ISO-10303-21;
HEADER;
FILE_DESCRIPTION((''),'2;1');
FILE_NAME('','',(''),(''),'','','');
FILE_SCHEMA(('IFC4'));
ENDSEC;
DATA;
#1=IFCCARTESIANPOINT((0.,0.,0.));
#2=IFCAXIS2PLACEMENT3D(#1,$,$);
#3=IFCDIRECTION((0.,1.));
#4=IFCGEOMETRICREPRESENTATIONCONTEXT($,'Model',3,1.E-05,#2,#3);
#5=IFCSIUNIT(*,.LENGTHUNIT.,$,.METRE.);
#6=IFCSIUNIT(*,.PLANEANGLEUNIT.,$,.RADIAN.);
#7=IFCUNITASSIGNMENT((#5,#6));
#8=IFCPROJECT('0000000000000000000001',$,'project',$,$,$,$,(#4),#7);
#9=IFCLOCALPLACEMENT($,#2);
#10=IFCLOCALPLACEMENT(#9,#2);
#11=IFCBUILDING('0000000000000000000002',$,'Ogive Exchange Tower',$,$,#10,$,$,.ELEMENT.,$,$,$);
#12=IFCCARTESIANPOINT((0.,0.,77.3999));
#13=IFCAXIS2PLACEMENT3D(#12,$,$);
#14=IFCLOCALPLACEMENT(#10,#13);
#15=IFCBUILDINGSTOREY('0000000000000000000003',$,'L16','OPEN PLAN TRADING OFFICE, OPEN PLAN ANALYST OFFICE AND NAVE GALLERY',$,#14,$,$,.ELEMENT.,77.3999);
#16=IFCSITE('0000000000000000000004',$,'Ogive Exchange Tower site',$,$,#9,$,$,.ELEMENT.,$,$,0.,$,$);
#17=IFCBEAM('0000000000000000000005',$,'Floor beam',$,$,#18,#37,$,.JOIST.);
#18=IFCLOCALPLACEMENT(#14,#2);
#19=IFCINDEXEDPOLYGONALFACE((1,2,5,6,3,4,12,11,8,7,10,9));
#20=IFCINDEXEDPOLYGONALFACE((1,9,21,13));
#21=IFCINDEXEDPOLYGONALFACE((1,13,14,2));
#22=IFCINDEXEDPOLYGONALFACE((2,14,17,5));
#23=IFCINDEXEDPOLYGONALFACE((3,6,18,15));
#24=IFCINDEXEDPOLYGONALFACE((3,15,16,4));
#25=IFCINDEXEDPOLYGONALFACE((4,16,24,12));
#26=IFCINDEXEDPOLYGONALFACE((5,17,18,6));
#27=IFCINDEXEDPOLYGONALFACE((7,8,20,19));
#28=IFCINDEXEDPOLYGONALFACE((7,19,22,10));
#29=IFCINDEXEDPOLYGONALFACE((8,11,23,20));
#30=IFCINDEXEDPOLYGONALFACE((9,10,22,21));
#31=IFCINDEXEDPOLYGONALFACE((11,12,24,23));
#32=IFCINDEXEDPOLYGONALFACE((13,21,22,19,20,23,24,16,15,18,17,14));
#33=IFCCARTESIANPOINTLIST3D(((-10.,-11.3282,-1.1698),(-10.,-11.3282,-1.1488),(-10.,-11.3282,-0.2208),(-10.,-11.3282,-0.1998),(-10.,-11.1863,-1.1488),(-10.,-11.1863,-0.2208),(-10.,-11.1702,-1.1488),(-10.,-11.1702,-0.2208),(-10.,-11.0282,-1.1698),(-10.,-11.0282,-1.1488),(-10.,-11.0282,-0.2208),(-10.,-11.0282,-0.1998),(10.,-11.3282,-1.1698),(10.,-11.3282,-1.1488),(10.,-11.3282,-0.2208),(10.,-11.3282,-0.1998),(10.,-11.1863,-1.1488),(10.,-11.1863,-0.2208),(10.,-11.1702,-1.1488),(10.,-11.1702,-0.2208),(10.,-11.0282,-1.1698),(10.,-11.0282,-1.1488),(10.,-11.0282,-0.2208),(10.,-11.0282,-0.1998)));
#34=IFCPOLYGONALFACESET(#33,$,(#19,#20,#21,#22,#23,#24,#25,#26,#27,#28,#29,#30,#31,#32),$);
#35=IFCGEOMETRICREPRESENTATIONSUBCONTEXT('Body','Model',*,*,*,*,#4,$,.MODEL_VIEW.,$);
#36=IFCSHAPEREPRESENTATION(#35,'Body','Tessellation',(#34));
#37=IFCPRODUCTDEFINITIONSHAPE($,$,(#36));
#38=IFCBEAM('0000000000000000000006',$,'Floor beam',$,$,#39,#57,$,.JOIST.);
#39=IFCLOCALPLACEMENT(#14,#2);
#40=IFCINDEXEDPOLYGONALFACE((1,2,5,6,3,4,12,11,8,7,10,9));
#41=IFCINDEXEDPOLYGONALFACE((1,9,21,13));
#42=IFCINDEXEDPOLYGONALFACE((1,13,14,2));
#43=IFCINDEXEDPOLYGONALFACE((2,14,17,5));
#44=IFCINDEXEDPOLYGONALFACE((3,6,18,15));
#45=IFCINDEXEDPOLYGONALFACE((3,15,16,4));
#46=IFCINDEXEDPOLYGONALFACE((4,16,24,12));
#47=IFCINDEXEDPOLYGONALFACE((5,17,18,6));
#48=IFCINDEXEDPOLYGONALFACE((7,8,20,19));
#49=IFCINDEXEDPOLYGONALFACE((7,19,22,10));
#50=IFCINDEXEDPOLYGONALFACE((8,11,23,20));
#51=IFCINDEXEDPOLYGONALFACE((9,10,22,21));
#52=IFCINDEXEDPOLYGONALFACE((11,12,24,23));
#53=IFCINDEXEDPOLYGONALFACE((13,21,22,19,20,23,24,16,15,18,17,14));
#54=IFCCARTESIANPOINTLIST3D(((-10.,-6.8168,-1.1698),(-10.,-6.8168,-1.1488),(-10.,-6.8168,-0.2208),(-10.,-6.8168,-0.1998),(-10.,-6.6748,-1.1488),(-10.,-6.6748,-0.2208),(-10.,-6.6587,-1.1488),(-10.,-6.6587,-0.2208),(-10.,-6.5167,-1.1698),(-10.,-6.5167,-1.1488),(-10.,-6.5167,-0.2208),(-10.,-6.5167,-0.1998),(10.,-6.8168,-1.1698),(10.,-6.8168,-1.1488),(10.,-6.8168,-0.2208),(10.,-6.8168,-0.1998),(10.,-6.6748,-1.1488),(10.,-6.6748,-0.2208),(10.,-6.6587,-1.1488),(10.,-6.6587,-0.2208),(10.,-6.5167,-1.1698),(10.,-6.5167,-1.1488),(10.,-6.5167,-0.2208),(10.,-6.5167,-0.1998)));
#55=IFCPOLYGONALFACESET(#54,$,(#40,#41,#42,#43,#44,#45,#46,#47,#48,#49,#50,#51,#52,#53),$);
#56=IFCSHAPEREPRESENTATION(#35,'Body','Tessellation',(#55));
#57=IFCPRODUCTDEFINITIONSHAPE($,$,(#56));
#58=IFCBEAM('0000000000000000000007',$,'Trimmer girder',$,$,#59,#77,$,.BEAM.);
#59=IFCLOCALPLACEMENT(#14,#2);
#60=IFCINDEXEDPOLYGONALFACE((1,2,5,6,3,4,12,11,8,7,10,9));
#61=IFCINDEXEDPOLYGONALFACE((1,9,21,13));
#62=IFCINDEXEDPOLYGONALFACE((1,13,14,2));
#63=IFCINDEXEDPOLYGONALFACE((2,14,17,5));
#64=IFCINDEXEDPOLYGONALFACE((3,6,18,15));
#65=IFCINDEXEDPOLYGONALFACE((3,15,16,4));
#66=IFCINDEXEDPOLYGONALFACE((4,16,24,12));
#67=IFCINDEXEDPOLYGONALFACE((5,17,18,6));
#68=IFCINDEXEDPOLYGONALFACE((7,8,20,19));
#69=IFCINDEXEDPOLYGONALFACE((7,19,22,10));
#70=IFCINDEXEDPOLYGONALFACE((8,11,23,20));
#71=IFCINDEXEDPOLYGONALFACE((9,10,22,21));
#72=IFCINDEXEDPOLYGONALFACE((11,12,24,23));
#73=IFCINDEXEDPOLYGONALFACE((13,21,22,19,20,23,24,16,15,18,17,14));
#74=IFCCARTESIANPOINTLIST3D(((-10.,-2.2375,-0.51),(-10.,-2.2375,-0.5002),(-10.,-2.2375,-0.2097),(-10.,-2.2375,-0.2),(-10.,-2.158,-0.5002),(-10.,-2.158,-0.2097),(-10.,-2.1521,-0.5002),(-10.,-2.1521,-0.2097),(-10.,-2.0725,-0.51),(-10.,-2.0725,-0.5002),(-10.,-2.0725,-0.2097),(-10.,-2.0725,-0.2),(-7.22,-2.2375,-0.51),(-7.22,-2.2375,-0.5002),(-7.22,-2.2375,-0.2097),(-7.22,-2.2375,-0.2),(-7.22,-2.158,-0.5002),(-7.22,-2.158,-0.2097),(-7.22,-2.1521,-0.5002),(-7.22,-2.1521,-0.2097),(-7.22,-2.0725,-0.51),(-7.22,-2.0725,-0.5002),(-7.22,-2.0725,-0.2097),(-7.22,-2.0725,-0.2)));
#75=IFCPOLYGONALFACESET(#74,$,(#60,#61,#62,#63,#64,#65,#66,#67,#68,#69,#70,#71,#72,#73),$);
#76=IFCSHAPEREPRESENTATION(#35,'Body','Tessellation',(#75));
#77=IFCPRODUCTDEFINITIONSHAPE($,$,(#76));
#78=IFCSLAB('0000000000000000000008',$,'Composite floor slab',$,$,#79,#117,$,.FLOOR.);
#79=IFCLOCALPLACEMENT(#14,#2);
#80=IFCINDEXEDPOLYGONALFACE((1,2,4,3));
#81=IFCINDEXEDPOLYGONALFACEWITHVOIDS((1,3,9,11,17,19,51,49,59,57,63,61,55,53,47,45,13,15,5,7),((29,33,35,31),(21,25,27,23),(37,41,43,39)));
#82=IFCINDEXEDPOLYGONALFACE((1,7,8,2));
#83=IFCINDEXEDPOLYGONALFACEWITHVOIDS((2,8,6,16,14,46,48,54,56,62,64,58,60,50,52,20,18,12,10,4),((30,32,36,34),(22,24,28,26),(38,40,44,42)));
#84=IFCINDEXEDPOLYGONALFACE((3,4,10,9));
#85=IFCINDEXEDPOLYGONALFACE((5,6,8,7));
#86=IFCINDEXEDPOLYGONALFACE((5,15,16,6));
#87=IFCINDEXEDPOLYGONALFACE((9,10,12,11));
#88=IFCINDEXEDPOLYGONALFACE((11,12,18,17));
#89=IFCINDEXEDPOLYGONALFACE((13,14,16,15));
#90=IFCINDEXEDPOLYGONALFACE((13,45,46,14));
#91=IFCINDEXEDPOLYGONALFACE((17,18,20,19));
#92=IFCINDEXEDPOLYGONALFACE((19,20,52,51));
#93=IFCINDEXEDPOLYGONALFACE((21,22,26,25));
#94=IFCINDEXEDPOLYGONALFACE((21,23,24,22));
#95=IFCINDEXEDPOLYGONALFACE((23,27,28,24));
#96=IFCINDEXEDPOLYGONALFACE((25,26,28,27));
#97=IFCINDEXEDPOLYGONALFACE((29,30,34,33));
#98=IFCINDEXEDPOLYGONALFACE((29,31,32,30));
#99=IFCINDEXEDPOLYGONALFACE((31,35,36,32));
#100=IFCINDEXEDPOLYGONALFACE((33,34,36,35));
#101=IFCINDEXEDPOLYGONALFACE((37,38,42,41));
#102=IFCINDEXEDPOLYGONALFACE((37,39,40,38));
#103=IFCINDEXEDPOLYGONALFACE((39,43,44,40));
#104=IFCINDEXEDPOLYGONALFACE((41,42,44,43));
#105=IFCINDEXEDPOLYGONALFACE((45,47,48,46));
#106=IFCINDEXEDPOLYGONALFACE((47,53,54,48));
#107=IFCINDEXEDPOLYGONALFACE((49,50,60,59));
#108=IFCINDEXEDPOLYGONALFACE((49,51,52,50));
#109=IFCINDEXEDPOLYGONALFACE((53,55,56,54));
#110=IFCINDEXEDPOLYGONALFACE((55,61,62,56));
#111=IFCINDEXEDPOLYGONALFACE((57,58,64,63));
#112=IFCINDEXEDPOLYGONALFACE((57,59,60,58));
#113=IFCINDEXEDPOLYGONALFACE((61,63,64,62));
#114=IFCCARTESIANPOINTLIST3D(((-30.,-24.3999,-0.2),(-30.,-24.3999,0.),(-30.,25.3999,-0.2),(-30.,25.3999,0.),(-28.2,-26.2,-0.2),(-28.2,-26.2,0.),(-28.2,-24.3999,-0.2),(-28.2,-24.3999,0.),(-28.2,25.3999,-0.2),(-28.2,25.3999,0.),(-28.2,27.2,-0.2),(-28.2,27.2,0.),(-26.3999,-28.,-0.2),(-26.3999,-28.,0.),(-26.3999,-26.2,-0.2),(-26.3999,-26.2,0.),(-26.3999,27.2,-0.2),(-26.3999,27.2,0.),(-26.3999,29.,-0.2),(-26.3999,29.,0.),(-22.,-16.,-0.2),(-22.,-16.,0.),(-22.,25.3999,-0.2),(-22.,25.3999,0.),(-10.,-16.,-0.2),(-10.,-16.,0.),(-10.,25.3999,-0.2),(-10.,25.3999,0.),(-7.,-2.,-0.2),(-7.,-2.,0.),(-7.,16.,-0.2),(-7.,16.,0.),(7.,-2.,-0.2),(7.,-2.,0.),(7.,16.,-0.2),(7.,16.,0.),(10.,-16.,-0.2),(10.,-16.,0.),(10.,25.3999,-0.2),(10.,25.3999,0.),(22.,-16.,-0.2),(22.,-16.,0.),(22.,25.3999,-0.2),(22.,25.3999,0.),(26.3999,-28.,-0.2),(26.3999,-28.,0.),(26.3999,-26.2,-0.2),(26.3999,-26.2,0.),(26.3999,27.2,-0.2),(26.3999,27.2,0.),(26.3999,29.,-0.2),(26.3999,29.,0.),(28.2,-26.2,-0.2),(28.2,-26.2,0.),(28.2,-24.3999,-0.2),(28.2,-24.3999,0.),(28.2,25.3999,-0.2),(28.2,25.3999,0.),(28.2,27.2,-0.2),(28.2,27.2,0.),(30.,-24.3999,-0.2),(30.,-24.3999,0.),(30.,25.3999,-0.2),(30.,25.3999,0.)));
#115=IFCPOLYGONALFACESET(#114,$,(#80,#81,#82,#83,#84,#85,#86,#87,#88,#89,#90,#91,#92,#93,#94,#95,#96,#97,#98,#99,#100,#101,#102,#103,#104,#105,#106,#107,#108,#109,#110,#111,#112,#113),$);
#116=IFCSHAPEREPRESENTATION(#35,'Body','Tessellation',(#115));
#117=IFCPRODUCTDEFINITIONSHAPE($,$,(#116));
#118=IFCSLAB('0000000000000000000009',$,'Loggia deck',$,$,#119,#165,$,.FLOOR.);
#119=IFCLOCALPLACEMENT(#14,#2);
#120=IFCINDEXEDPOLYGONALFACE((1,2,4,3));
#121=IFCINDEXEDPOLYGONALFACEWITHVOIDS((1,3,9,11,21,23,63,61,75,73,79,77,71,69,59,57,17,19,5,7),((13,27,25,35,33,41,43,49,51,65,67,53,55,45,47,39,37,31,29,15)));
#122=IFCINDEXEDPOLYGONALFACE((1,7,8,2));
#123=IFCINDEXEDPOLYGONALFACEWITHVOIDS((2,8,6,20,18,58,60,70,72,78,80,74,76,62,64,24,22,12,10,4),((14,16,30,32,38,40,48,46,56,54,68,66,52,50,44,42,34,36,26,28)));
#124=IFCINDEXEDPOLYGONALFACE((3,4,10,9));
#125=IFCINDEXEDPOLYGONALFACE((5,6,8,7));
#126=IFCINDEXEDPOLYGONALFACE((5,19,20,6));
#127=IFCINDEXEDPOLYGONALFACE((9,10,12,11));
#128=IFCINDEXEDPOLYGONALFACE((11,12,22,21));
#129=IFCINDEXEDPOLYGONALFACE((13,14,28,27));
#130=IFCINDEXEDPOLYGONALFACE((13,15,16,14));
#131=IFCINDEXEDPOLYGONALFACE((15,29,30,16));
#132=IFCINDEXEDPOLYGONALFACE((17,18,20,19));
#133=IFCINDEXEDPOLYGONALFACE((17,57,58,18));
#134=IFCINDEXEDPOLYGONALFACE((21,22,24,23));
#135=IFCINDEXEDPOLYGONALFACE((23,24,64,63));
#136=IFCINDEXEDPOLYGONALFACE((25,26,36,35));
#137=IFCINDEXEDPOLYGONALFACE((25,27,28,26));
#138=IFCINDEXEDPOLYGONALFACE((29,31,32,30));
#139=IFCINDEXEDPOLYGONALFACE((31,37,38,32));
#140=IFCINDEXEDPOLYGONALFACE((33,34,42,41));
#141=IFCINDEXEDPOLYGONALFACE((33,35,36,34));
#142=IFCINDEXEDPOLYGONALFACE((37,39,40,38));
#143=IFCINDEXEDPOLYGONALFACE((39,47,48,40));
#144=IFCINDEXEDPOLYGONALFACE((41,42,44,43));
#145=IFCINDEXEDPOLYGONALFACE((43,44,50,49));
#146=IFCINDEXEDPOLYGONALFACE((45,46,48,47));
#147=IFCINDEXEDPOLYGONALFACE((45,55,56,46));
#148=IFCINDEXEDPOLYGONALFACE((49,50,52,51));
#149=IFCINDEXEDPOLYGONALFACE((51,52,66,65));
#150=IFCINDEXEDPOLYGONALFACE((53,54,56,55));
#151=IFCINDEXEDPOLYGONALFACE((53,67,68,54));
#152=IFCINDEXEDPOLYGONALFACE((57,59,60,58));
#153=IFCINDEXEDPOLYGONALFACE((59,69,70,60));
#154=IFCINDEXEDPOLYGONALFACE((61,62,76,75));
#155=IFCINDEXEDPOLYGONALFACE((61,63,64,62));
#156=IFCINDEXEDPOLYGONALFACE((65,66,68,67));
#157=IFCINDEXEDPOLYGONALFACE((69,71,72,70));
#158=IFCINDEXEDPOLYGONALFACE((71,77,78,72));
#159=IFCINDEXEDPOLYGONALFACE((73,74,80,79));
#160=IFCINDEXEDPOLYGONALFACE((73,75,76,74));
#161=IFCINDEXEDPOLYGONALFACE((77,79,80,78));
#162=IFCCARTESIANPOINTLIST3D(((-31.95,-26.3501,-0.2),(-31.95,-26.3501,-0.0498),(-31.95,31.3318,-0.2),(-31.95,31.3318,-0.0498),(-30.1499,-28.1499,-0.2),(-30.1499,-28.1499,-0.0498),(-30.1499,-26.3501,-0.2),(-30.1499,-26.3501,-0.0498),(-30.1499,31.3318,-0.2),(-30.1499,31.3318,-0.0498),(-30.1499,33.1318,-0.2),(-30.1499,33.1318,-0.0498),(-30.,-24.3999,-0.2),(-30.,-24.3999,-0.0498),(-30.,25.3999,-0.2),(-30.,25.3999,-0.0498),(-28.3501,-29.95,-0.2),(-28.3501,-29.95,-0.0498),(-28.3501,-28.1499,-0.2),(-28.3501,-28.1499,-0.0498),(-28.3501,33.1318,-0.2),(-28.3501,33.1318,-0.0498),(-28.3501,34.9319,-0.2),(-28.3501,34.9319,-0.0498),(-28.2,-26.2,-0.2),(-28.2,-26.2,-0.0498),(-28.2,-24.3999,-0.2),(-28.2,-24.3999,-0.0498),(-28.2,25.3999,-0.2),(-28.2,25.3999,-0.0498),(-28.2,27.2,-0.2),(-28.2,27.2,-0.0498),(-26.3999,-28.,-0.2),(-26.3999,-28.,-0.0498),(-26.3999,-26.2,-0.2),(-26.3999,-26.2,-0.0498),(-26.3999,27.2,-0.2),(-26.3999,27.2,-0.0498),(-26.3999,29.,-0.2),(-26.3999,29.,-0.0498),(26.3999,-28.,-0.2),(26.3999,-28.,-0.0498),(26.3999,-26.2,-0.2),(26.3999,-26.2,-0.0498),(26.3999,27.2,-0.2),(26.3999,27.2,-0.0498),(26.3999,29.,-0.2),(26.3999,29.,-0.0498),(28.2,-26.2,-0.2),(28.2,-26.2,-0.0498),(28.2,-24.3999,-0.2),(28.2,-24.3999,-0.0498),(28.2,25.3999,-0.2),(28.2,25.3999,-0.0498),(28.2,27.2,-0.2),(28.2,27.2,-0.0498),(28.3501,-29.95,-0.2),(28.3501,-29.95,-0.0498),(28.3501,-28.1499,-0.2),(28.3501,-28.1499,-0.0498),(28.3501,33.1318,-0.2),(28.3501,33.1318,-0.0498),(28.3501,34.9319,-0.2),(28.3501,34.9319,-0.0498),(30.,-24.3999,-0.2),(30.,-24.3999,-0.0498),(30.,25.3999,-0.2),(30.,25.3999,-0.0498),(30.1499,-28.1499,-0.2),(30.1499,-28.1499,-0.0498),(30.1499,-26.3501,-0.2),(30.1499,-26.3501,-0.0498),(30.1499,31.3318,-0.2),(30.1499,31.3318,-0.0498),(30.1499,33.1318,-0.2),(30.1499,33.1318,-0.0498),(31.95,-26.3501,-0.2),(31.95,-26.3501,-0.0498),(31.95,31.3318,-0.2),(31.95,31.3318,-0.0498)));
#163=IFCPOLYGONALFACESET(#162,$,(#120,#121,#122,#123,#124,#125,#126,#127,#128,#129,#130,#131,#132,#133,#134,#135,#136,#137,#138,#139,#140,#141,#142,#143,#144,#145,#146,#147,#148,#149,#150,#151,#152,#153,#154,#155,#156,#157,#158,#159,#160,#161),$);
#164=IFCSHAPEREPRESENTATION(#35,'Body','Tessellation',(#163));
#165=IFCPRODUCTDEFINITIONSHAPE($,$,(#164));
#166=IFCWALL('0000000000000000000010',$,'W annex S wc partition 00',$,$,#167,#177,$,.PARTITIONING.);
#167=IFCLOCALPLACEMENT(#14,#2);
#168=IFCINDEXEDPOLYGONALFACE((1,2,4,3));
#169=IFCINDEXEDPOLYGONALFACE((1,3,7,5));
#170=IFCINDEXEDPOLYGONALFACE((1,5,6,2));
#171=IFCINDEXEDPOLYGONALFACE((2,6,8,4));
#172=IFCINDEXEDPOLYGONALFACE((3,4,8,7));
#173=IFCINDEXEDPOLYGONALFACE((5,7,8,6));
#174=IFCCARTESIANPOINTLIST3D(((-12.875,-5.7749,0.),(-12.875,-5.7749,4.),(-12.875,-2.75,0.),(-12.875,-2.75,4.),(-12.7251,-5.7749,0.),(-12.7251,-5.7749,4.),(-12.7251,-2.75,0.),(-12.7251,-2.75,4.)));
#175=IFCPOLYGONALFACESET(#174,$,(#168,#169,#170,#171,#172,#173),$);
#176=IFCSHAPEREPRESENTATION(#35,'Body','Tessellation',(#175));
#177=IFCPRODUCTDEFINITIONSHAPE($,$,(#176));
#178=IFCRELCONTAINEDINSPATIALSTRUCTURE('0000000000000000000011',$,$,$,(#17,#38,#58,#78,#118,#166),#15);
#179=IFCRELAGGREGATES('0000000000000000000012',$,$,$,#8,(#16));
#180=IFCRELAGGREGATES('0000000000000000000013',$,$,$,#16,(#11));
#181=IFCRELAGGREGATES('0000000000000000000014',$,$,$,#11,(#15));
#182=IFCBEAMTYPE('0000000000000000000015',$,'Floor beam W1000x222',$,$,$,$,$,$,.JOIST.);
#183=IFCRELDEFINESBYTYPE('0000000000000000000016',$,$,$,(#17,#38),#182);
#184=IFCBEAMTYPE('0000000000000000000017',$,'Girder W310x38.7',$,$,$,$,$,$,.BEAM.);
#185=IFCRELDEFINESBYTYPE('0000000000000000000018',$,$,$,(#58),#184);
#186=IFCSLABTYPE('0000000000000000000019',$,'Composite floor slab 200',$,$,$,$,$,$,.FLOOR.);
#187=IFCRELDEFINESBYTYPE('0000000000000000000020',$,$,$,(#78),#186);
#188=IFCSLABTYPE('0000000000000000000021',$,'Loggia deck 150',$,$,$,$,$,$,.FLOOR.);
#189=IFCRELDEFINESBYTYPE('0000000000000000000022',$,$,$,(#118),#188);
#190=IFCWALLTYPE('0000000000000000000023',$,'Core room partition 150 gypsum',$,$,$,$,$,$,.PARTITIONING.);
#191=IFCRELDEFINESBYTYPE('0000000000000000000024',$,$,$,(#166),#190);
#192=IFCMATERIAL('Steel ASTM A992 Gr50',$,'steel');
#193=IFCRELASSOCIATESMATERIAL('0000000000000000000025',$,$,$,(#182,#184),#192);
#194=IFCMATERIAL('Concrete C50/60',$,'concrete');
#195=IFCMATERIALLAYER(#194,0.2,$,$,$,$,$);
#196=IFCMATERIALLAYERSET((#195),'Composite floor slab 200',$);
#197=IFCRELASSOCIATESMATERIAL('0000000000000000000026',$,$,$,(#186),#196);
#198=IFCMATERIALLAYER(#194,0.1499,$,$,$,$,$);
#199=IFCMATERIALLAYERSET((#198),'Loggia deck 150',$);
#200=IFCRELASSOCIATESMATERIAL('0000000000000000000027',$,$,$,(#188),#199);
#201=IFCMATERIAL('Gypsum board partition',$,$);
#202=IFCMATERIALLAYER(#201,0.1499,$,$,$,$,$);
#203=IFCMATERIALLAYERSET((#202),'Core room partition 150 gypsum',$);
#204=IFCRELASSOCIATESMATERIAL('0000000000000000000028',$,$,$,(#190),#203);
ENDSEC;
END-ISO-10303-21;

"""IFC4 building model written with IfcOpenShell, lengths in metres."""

from ifc_helpers import new_model, si_unit, direction, frame, frame_2d, origin, origin_2d, place, context, subcontext, project, spatial, polyline, rectangle, i_section, outline, extrude, material, layer, layer_set, material_profile, profile_set, type_object, element, save


model = new_model("IFC4")

# Units and contexts
model_context = context("Model", 3, precision=1e-05, world=origin(), true_north=direction((0.0, 1.0)))
body_context = subcontext(model_context, "Body", "Model", "MODEL_VIEW")
ifc_project = project(units=[si_unit("LENGTHUNIT", "METRE"), si_unit("PLANEANGLEUNIT", "RADIAN")], contexts=[model_context])

# Site, building, storey
site_placement = place(None, origin())
site = spatial("IfcSite", under=ifc_project, at=site_placement, Name="Ogive Exchange Tower site", CompositionType="ELEMENT", RefElevation=0.0)
building_placement = place(site_placement, origin())
building = spatial("IfcBuilding", under=site, at=building_placement, Name="Ogive Exchange Tower", CompositionType="ELEMENT")
storey_placement = place(building_placement, frame((0.0, 0.0, 77.3999)))
storey = spatial("IfcBuildingStorey", under=building, at=storey_placement, Name="L16", Description="OPEN PLAN TRADING OFFICE, OPEN PLAN ANALYST OFFICE AND NAVE GALLERY", CompositionType="ELEMENT", Elevation=77.3999)

# Beams
ifc_material_1 = material(Name="Steel ASTM A992 Gr50", Category="steel")
ifc_material_profile_1 = material_profile(ifc_material_1, i_section(OverallWidth=0.3, OverallDepth=0.97, WebThickness=0.0161, FlangeThickness=0.021, at=origin_2d()), Name="W1000x222")
ifc_profile_set_1 = profile_set([ifc_material_profile_1], Name="Steel ASTM A992 Gr50")
beam_type_1 = type_object("IfcBeamType", Name="Floor beam W1000x222", PredefinedType="JOIST", material=ifc_profile_set_1)
for number, where, z_axis, x_axis, name in (
    (1, (-10.0, -11.1782, -0.6848), (1.0, 0.0, 0.0), (0.0, 1.0, 0.0), "Floor beam"),
    (2, (-10.0, -6.6667, -0.6848), (1.0, 0.0, 0.0), (0.0, 1.0, 0.0), "Floor beam"),
):
    element("IfcBeam", number, at=place(storey_placement, frame(where, z_axis=z_axis, x_axis=x_axis)), inside=storey, type_object=beam_type_1, Name=name, PredefinedType="JOIST", context=body_context, shape_type="SweptSolid", body=[
        extrude(i_section(OverallWidth=0.3, OverallDepth=0.97, WebThickness=0.0161, FlangeThickness=0.021, at=origin_2d()), origin(), (0.0, 0.0, 1.0), 20.0),
    ])
ifc_material_profile_2 = material_profile(ifc_material_1, i_section(OverallWidth=0.165, OverallDepth=0.3101, WebThickness=0.0059, FlangeThickness=0.0098, at=origin_2d()), Name="W310x38.7")
ifc_profile_set_2 = profile_set([ifc_material_profile_2], Name="Steel ASTM A992 Gr50")
beam_type_2 = type_object("IfcBeamType", Name="Girder W310x38.7", PredefinedType="BEAM", material=ifc_profile_set_2)
beam_placement = place(storey_placement, frame((-10.0, -2.155, -0.355), z_axis=(1.0, 0.0, 0.0), x_axis=(0.0, 1.0, 0.0)))
element("IfcBeam", 3, at=beam_placement, inside=storey, type_object=beam_type_2, Name="Trimmer girder", PredefinedType="BEAM", context=body_context, shape_type="SweptSolid", body=[
    extrude(i_section(OverallWidth=0.165, OverallDepth=0.3101, WebThickness=0.0059, FlangeThickness=0.0098, at=origin_2d()), origin(), (0.0, 0.0, 1.0), 2.78),
])

# Slabs
ifc_material_2 = material(Name="Concrete C50/60", Category="concrete")
ifc_layer_1 = layer(ifc_material_2, 0.2)
ifc_layer_set_1 = layer_set([ifc_layer_1], Name="Composite floor slab 200")
slab_type_1 = type_object("IfcSlabType", Name="Composite floor slab 200", PredefinedType="FLOOR", material=ifc_layer_set_1)
slab_1_placement = place(storey_placement, frame((0.0, 0.0, -0.2)))
element("IfcSlab", 4, at=slab_1_placement, inside=storey, type_object=slab_type_1, Name="Composite floor slab", PredefinedType="FLOOR", context=body_context, shape_type="SweptSolid", body=[
    extrude(outline(polyline([(-26.3999, -26.2), (-28.2, -26.2), (-28.2, -24.3999), (-30.0, -24.3999), (-30.0, 25.3999), (-28.2, 25.3999), (-28.2, 27.2), (-26.3999, 27.2), (-26.3999, 29.0), (26.3999, 29.0), (26.3999, 27.2), (28.2, 27.2), (28.2, 25.3999), (30.0, 25.3999), (30.0, -24.3999), (28.2, -24.3999), (28.2, -26.2), (26.3999, -26.2), (26.3999, -28.0), (-26.3999, -28.0), (-26.3999, -26.2)]), holes=[polyline([(-10.0, -16.0), (-10.0, 25.3999), (-22.0, 25.3999), (-22.0, -16.0), (-10.0, -16.0)]), polyline([(10.0, -16.0), (22.0, -16.0), (22.0, 25.3999), (10.0, 25.3999), (10.0, -16.0)]), polyline([(-7.0, -2.0), (7.0, -2.0), (7.0, 16.0), (-7.0, 16.0), (-7.0, -2.0)])]), origin(), (0.0, 0.0, 1.0), 0.2),
])
ifc_layer_2 = layer(ifc_material_2, 0.1499)
ifc_layer_set_2 = layer_set([ifc_layer_2], Name="Loggia deck 150")
slab_type_2 = type_object("IfcSlabType", Name="Loggia deck 150", PredefinedType="FLOOR", material=ifc_layer_set_2)
slab_2_placement = place(storey_placement, frame((0.0, 0.0, -0.2)))
element("IfcSlab", 5, at=slab_2_placement, inside=storey, type_object=slab_type_2, Name="Loggia deck", PredefinedType="FLOOR", context=body_context, shape_type="SweptSolid", body=[
    extrude(outline(polyline([(-28.3501, -28.1499), (-30.1499, -28.1499), (-30.1499, -26.3501), (-31.95, -26.3501), (-31.95, 31.3318), (-30.1499, 31.3318), (-30.1499, 33.1318), (-28.3501, 33.1318), (-28.3501, 34.9319), (28.3501, 34.9319), (28.3501, 33.1318), (30.1499, 33.1318), (30.1499, 31.3318), (31.95, 31.3318), (31.95, -26.3501), (30.1499, -26.3501), (30.1499, -28.1499), (28.3501, -28.1499), (28.3501, -29.95), (-28.3501, -29.95), (-28.3501, -28.1499)]), holes=[polyline([(26.3999, -26.2), (28.2, -26.2), (28.2, -24.3999), (30.0, -24.3999), (30.0, 25.3999), (28.2, 25.3999), (28.2, 27.2), (26.3999, 27.2), (26.3999, 29.0), (-26.3999, 29.0), (-26.3999, 27.2), (-28.2, 27.2), (-28.2, 25.3999), (-30.0, 25.3999), (-30.0, -24.3999), (-28.2, -24.3999), (-28.2, -26.2), (-26.3999, -26.2), (-26.3999, -28.0), (26.3999, -28.0), (26.3999, -26.2)])]), origin(), (0.0, 0.0, 1.0), 0.1501),
])

# Wall
ifc_material_3 = material(Name="Gypsum board partition")
ifc_layer_3 = layer(ifc_material_3, 0.1499)
ifc_layer_set_3 = layer_set([ifc_layer_3], Name="Core room partition 150 gypsum")
wall_type_1 = type_object("IfcWallType", Name="Core room partition 150 gypsum", PredefinedType="PARTITIONING", material=ifc_layer_set_3)
wall_1_placement = place(storey_placement, frame((-12.8, -5.7749, 0.0), z_axis=(0.0, 0.0, 1.0), x_axis=(0.0, 1.0, 0.0)))
element("IfcWall", 6, at=wall_1_placement, inside=storey, type_object=wall_type_1, Name="W annex S wc partition 00", PredefinedType="PARTITIONING", context=body_context, shape_type="SweptSolid", body=[
    extrude(rectangle(XDim=3.0249, YDim=0.1499, at=frame_2d((1.5125, 0.0))), origin(), (0.0, 0.0, 1.0), 4.0),
])

save(model, "model.ifc")
